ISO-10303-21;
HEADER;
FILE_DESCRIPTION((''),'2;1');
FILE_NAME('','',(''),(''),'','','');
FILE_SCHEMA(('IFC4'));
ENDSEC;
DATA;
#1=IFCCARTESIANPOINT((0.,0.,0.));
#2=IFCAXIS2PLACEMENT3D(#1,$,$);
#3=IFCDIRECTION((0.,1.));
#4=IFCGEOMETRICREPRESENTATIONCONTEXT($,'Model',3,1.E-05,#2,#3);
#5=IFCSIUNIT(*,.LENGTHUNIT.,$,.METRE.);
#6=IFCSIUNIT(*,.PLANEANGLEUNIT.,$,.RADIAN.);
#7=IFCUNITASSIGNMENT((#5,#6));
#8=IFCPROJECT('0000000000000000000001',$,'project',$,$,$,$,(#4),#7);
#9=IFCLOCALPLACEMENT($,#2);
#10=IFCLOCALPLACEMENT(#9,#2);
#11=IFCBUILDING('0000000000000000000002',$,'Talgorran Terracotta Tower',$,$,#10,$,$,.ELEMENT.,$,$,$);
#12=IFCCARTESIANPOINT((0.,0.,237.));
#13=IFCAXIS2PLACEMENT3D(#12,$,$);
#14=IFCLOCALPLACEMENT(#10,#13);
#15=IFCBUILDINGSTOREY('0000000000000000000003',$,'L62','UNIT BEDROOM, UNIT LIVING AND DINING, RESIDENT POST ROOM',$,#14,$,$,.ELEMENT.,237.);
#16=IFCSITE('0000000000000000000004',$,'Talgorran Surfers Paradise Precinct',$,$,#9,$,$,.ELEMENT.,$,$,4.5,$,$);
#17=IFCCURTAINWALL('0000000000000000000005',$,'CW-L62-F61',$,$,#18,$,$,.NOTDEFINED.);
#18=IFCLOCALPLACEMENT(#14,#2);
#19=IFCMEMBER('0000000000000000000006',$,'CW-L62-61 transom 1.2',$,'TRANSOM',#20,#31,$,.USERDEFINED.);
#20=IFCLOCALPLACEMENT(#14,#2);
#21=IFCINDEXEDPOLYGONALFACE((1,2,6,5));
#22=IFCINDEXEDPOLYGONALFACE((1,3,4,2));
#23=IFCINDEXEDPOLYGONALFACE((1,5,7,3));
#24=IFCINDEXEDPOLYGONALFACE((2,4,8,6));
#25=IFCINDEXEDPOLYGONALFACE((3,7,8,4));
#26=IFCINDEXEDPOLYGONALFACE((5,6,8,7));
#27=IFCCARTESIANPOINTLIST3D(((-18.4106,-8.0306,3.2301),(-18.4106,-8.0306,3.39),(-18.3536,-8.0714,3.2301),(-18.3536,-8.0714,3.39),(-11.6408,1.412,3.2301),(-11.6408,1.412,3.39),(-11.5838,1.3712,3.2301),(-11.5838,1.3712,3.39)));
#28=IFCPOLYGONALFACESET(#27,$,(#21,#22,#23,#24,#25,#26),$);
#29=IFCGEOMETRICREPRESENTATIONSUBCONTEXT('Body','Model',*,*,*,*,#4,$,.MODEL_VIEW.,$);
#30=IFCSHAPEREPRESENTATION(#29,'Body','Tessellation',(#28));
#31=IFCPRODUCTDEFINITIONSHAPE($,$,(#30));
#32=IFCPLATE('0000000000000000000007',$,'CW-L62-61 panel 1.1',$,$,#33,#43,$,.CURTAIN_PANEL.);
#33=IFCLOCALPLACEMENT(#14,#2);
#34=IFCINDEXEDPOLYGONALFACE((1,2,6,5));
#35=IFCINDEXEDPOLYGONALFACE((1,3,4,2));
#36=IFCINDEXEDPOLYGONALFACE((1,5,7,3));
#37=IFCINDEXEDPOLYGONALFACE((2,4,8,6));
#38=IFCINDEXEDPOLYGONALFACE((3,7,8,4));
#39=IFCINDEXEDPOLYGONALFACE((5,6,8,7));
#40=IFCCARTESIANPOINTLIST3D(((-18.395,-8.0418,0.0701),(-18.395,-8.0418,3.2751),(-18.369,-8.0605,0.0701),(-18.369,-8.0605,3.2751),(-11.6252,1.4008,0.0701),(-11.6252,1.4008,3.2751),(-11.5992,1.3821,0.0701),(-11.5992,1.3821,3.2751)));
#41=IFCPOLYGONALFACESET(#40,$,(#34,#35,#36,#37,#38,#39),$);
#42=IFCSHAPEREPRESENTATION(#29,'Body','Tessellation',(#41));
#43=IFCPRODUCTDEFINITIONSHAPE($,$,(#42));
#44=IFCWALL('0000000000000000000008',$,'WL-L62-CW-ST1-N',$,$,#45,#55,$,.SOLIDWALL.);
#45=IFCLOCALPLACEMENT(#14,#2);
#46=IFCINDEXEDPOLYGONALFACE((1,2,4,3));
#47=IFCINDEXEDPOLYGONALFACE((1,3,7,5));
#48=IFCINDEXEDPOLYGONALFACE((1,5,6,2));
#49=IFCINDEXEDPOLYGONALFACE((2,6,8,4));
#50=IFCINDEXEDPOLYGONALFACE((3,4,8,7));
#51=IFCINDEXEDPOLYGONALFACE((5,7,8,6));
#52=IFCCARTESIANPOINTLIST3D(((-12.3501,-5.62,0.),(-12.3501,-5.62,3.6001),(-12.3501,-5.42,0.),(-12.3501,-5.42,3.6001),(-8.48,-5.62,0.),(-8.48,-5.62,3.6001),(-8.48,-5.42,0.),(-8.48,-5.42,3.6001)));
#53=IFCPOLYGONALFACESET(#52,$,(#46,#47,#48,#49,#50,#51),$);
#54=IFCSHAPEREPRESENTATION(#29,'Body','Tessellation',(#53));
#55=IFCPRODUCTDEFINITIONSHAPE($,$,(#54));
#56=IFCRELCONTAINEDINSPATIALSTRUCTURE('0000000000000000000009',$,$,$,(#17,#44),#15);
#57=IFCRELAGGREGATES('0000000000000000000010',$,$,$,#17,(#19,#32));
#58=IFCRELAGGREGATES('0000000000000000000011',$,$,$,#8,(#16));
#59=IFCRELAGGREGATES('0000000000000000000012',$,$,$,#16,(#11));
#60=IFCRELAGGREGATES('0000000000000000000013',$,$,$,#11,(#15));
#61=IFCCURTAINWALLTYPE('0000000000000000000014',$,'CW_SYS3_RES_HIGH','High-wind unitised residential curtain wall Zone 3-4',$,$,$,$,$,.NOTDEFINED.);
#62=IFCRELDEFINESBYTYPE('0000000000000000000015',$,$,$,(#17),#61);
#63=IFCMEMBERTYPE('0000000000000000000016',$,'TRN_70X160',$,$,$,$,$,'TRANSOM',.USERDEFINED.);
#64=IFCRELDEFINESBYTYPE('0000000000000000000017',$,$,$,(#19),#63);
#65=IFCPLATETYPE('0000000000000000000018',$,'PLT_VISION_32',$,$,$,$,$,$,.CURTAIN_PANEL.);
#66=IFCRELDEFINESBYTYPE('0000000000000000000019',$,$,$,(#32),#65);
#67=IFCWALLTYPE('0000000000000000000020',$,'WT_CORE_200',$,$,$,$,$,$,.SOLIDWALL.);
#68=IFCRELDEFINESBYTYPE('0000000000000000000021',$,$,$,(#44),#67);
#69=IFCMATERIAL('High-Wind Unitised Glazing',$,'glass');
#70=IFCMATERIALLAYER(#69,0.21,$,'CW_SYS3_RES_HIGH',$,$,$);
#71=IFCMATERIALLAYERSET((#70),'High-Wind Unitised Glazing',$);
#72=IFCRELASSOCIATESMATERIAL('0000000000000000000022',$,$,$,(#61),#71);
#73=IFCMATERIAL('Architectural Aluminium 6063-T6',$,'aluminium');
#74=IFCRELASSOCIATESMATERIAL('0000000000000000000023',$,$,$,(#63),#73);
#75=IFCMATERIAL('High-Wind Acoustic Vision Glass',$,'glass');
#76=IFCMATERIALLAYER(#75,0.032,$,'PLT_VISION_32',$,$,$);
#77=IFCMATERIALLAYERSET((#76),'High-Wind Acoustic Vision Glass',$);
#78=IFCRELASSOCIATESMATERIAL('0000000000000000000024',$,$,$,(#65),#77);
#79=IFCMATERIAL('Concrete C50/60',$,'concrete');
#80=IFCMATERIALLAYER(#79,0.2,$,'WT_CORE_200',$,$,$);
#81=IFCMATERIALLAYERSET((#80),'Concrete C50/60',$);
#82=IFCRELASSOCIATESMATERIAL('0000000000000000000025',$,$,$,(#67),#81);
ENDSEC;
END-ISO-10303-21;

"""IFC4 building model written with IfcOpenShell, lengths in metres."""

from ifc_helpers import new_model, si_unit, direction, frame, frame_2d, origin, origin_2d, place, context, subcontext, project, spatial, rectangle, extrude, source, transform, mapped, material, layer, layer_set, material_profile, profile_set, type_object, type_shapes, element, aggregate, save


model = new_model("IFC4")

# Units and contexts
model_context = context("Model", 3, precision=1e-05, world=origin(), true_north=direction((0.0, 1.0)))
body_context = subcontext(model_context, "Body", "Model", "MODEL_VIEW")
ifc_project = project(units=[si_unit("LENGTHUNIT", "METRE"), si_unit("PLANEANGLEUNIT", "RADIAN")], contexts=[model_context])

# Site, building, storey
site_placement = place(None, origin())
site = spatial("IfcSite", under=ifc_project, at=site_placement, Name="Talgorran Surfers Paradise Precinct", CompositionType="ELEMENT", RefElevation=4.5)
building_placement = place(site_placement, origin())
building = spatial("IfcBuilding", under=site, at=building_placement, Name="Talgorran Terracotta Tower", CompositionType="ELEMENT")
storey_placement = place(building_placement, frame((0.0, 0.0, 237.0)))
storey = spatial("IfcBuildingStorey", under=building, at=storey_placement, Name="L62", Description="UNIT BEDROOM, UNIT LIVING AND DINING, RESIDENT POST ROOM", CompositionType="ELEMENT", Elevation=237.0)

# Curtain wall, member, plate
ifc_material_1 = material(Name="High-Wind Unitised Glazing", Category="glass")
ifc_layer_1 = layer(ifc_material_1, 0.21, Name="CW_SYS3_RES_HIGH")
ifc_layer_set_1 = layer_set([ifc_layer_1], Name="High-Wind Unitised Glazing")
curtain_wall_type = type_object("IfcCurtainWallType", Name="CW_SYS3_RES_HIGH", Description="High-wind unitised residential curtain wall Zone 3-4", PredefinedType="NOTDEFINED", material=ifc_layer_set_1)
curtain_wall_placement = place(storey_placement, origin())
curtain_wall = element("IfcCurtainWall", 1, at=curtain_wall_placement, inside=storey, type_object=curtain_wall_type, Name="CW-L62-F61", PredefinedType="NOTDEFINED")
ifc_material_2 = material(Name="Architectural Aluminium 6063-T6", Category="aluminium")
ifc_material_profile_1 = material_profile(ifc_material_2, rectangle(XDim=0.0701, YDim=0.1599, at=origin_2d()), Name="CWT70X160")
ifc_profile_set_1 = profile_set([ifc_material_profile_1], Name="Architectural Aluminium 6063-T6")
member_type_1 = type_object("IfcMemberType", Name="TRN_70X160", ElementType="TRANSOM", PredefinedType="USERDEFINED", material=ifc_profile_set_1)
member_1_placement = place(storey_placement, frame((-11.6123, 1.3916, 3.3101), z_axis=(-0.582664, -0.812713, 0.0), x_axis=(0.812713, -0.582664, 0.0)))
member_1 = element("IfcMember", 2, at=member_1_placement, type_object=member_type_1, Name="CW-L62-61 transom 1.2", ObjectType="TRANSOM", PredefinedType="USERDEFINED", context=body_context, shape_type="SweptSolid", body=[
    extrude(rectangle(XDim=0.0701, YDim=0.1599, at=origin_2d()), origin(), (0.0, 0.0, 1.0), 11.6187),
])
ifc_material_3 = material(Name="High-Wind Acoustic Vision Glass", Category="glass")
ifc_layer_2 = layer(ifc_material_3, 0.032, Name="PLT_VISION_32")
ifc_layer_set_2 = layer_set([ifc_layer_2], Name="High-Wind Acoustic Vision Glass")
plate_type = type_object("IfcPlateType", Name="PLT_VISION_32", PredefinedType="CURTAIN_PANEL", material=ifc_layer_set_2)
shared_shape = source(origin(), body_context, "Body", "SweptSolid", [
    extrude(rectangle(XDim=11.6187, YDim=0.032, at=origin_2d()), origin(), (0.0, 0.0, 1.0), 3.2051),
])
type_shapes(plate_type, [shared_shape])
plate_placement = place(storey_placement, frame((-14.9971, -3.3298, 0.0701), z_axis=(0.0, 0.0, 1.0), x_axis=(-0.582668, -0.812711, 0.0)))
plate = element("IfcPlate", 3, at=plate_placement, type_object=plate_type, Name="CW-L62-61 panel 1.1", PredefinedType="CURTAIN_PANEL", context=body_context, shape_type="MappedRepresentation", body=[
    mapped(shared_shape, transform((0.0, 0.0, 0.0), scale=1.0)),
])
aggregate(curtain_wall, [member_1, plate])

# Wall
ifc_material_4 = material(Name="Concrete C50/60", Category="concrete")
ifc_layer_3 = layer(ifc_material_4, 0.2, Name="WT_CORE_200")
ifc_layer_set_3 = layer_set([ifc_layer_3], Name="Concrete C50/60")
wall_type_1 = type_object("IfcWallType", Name="WT_CORE_200", PredefinedType="SOLIDWALL", material=ifc_layer_set_3)
wall_1_placement = place(storey_placement, frame((-12.3501, -5.52, 0.0), z_axis=(0.0, 0.0, 1.0), x_axis=(1.0, 0.0, 0.0)))
element("IfcWall", 4, at=wall_1_placement, inside=storey, type_object=wall_type_1, Name="WL-L62-CW-ST1-N", PredefinedType="SOLIDWALL", context=body_context, shape_type="SweptSolid", body=[
    extrude(rectangle(XDim=3.8701, YDim=0.2, at=frame_2d((1.9351, 0.0))), origin(), (0.0, 0.0, 1.0), 3.6001),
])

save(model, "model.ifc")
